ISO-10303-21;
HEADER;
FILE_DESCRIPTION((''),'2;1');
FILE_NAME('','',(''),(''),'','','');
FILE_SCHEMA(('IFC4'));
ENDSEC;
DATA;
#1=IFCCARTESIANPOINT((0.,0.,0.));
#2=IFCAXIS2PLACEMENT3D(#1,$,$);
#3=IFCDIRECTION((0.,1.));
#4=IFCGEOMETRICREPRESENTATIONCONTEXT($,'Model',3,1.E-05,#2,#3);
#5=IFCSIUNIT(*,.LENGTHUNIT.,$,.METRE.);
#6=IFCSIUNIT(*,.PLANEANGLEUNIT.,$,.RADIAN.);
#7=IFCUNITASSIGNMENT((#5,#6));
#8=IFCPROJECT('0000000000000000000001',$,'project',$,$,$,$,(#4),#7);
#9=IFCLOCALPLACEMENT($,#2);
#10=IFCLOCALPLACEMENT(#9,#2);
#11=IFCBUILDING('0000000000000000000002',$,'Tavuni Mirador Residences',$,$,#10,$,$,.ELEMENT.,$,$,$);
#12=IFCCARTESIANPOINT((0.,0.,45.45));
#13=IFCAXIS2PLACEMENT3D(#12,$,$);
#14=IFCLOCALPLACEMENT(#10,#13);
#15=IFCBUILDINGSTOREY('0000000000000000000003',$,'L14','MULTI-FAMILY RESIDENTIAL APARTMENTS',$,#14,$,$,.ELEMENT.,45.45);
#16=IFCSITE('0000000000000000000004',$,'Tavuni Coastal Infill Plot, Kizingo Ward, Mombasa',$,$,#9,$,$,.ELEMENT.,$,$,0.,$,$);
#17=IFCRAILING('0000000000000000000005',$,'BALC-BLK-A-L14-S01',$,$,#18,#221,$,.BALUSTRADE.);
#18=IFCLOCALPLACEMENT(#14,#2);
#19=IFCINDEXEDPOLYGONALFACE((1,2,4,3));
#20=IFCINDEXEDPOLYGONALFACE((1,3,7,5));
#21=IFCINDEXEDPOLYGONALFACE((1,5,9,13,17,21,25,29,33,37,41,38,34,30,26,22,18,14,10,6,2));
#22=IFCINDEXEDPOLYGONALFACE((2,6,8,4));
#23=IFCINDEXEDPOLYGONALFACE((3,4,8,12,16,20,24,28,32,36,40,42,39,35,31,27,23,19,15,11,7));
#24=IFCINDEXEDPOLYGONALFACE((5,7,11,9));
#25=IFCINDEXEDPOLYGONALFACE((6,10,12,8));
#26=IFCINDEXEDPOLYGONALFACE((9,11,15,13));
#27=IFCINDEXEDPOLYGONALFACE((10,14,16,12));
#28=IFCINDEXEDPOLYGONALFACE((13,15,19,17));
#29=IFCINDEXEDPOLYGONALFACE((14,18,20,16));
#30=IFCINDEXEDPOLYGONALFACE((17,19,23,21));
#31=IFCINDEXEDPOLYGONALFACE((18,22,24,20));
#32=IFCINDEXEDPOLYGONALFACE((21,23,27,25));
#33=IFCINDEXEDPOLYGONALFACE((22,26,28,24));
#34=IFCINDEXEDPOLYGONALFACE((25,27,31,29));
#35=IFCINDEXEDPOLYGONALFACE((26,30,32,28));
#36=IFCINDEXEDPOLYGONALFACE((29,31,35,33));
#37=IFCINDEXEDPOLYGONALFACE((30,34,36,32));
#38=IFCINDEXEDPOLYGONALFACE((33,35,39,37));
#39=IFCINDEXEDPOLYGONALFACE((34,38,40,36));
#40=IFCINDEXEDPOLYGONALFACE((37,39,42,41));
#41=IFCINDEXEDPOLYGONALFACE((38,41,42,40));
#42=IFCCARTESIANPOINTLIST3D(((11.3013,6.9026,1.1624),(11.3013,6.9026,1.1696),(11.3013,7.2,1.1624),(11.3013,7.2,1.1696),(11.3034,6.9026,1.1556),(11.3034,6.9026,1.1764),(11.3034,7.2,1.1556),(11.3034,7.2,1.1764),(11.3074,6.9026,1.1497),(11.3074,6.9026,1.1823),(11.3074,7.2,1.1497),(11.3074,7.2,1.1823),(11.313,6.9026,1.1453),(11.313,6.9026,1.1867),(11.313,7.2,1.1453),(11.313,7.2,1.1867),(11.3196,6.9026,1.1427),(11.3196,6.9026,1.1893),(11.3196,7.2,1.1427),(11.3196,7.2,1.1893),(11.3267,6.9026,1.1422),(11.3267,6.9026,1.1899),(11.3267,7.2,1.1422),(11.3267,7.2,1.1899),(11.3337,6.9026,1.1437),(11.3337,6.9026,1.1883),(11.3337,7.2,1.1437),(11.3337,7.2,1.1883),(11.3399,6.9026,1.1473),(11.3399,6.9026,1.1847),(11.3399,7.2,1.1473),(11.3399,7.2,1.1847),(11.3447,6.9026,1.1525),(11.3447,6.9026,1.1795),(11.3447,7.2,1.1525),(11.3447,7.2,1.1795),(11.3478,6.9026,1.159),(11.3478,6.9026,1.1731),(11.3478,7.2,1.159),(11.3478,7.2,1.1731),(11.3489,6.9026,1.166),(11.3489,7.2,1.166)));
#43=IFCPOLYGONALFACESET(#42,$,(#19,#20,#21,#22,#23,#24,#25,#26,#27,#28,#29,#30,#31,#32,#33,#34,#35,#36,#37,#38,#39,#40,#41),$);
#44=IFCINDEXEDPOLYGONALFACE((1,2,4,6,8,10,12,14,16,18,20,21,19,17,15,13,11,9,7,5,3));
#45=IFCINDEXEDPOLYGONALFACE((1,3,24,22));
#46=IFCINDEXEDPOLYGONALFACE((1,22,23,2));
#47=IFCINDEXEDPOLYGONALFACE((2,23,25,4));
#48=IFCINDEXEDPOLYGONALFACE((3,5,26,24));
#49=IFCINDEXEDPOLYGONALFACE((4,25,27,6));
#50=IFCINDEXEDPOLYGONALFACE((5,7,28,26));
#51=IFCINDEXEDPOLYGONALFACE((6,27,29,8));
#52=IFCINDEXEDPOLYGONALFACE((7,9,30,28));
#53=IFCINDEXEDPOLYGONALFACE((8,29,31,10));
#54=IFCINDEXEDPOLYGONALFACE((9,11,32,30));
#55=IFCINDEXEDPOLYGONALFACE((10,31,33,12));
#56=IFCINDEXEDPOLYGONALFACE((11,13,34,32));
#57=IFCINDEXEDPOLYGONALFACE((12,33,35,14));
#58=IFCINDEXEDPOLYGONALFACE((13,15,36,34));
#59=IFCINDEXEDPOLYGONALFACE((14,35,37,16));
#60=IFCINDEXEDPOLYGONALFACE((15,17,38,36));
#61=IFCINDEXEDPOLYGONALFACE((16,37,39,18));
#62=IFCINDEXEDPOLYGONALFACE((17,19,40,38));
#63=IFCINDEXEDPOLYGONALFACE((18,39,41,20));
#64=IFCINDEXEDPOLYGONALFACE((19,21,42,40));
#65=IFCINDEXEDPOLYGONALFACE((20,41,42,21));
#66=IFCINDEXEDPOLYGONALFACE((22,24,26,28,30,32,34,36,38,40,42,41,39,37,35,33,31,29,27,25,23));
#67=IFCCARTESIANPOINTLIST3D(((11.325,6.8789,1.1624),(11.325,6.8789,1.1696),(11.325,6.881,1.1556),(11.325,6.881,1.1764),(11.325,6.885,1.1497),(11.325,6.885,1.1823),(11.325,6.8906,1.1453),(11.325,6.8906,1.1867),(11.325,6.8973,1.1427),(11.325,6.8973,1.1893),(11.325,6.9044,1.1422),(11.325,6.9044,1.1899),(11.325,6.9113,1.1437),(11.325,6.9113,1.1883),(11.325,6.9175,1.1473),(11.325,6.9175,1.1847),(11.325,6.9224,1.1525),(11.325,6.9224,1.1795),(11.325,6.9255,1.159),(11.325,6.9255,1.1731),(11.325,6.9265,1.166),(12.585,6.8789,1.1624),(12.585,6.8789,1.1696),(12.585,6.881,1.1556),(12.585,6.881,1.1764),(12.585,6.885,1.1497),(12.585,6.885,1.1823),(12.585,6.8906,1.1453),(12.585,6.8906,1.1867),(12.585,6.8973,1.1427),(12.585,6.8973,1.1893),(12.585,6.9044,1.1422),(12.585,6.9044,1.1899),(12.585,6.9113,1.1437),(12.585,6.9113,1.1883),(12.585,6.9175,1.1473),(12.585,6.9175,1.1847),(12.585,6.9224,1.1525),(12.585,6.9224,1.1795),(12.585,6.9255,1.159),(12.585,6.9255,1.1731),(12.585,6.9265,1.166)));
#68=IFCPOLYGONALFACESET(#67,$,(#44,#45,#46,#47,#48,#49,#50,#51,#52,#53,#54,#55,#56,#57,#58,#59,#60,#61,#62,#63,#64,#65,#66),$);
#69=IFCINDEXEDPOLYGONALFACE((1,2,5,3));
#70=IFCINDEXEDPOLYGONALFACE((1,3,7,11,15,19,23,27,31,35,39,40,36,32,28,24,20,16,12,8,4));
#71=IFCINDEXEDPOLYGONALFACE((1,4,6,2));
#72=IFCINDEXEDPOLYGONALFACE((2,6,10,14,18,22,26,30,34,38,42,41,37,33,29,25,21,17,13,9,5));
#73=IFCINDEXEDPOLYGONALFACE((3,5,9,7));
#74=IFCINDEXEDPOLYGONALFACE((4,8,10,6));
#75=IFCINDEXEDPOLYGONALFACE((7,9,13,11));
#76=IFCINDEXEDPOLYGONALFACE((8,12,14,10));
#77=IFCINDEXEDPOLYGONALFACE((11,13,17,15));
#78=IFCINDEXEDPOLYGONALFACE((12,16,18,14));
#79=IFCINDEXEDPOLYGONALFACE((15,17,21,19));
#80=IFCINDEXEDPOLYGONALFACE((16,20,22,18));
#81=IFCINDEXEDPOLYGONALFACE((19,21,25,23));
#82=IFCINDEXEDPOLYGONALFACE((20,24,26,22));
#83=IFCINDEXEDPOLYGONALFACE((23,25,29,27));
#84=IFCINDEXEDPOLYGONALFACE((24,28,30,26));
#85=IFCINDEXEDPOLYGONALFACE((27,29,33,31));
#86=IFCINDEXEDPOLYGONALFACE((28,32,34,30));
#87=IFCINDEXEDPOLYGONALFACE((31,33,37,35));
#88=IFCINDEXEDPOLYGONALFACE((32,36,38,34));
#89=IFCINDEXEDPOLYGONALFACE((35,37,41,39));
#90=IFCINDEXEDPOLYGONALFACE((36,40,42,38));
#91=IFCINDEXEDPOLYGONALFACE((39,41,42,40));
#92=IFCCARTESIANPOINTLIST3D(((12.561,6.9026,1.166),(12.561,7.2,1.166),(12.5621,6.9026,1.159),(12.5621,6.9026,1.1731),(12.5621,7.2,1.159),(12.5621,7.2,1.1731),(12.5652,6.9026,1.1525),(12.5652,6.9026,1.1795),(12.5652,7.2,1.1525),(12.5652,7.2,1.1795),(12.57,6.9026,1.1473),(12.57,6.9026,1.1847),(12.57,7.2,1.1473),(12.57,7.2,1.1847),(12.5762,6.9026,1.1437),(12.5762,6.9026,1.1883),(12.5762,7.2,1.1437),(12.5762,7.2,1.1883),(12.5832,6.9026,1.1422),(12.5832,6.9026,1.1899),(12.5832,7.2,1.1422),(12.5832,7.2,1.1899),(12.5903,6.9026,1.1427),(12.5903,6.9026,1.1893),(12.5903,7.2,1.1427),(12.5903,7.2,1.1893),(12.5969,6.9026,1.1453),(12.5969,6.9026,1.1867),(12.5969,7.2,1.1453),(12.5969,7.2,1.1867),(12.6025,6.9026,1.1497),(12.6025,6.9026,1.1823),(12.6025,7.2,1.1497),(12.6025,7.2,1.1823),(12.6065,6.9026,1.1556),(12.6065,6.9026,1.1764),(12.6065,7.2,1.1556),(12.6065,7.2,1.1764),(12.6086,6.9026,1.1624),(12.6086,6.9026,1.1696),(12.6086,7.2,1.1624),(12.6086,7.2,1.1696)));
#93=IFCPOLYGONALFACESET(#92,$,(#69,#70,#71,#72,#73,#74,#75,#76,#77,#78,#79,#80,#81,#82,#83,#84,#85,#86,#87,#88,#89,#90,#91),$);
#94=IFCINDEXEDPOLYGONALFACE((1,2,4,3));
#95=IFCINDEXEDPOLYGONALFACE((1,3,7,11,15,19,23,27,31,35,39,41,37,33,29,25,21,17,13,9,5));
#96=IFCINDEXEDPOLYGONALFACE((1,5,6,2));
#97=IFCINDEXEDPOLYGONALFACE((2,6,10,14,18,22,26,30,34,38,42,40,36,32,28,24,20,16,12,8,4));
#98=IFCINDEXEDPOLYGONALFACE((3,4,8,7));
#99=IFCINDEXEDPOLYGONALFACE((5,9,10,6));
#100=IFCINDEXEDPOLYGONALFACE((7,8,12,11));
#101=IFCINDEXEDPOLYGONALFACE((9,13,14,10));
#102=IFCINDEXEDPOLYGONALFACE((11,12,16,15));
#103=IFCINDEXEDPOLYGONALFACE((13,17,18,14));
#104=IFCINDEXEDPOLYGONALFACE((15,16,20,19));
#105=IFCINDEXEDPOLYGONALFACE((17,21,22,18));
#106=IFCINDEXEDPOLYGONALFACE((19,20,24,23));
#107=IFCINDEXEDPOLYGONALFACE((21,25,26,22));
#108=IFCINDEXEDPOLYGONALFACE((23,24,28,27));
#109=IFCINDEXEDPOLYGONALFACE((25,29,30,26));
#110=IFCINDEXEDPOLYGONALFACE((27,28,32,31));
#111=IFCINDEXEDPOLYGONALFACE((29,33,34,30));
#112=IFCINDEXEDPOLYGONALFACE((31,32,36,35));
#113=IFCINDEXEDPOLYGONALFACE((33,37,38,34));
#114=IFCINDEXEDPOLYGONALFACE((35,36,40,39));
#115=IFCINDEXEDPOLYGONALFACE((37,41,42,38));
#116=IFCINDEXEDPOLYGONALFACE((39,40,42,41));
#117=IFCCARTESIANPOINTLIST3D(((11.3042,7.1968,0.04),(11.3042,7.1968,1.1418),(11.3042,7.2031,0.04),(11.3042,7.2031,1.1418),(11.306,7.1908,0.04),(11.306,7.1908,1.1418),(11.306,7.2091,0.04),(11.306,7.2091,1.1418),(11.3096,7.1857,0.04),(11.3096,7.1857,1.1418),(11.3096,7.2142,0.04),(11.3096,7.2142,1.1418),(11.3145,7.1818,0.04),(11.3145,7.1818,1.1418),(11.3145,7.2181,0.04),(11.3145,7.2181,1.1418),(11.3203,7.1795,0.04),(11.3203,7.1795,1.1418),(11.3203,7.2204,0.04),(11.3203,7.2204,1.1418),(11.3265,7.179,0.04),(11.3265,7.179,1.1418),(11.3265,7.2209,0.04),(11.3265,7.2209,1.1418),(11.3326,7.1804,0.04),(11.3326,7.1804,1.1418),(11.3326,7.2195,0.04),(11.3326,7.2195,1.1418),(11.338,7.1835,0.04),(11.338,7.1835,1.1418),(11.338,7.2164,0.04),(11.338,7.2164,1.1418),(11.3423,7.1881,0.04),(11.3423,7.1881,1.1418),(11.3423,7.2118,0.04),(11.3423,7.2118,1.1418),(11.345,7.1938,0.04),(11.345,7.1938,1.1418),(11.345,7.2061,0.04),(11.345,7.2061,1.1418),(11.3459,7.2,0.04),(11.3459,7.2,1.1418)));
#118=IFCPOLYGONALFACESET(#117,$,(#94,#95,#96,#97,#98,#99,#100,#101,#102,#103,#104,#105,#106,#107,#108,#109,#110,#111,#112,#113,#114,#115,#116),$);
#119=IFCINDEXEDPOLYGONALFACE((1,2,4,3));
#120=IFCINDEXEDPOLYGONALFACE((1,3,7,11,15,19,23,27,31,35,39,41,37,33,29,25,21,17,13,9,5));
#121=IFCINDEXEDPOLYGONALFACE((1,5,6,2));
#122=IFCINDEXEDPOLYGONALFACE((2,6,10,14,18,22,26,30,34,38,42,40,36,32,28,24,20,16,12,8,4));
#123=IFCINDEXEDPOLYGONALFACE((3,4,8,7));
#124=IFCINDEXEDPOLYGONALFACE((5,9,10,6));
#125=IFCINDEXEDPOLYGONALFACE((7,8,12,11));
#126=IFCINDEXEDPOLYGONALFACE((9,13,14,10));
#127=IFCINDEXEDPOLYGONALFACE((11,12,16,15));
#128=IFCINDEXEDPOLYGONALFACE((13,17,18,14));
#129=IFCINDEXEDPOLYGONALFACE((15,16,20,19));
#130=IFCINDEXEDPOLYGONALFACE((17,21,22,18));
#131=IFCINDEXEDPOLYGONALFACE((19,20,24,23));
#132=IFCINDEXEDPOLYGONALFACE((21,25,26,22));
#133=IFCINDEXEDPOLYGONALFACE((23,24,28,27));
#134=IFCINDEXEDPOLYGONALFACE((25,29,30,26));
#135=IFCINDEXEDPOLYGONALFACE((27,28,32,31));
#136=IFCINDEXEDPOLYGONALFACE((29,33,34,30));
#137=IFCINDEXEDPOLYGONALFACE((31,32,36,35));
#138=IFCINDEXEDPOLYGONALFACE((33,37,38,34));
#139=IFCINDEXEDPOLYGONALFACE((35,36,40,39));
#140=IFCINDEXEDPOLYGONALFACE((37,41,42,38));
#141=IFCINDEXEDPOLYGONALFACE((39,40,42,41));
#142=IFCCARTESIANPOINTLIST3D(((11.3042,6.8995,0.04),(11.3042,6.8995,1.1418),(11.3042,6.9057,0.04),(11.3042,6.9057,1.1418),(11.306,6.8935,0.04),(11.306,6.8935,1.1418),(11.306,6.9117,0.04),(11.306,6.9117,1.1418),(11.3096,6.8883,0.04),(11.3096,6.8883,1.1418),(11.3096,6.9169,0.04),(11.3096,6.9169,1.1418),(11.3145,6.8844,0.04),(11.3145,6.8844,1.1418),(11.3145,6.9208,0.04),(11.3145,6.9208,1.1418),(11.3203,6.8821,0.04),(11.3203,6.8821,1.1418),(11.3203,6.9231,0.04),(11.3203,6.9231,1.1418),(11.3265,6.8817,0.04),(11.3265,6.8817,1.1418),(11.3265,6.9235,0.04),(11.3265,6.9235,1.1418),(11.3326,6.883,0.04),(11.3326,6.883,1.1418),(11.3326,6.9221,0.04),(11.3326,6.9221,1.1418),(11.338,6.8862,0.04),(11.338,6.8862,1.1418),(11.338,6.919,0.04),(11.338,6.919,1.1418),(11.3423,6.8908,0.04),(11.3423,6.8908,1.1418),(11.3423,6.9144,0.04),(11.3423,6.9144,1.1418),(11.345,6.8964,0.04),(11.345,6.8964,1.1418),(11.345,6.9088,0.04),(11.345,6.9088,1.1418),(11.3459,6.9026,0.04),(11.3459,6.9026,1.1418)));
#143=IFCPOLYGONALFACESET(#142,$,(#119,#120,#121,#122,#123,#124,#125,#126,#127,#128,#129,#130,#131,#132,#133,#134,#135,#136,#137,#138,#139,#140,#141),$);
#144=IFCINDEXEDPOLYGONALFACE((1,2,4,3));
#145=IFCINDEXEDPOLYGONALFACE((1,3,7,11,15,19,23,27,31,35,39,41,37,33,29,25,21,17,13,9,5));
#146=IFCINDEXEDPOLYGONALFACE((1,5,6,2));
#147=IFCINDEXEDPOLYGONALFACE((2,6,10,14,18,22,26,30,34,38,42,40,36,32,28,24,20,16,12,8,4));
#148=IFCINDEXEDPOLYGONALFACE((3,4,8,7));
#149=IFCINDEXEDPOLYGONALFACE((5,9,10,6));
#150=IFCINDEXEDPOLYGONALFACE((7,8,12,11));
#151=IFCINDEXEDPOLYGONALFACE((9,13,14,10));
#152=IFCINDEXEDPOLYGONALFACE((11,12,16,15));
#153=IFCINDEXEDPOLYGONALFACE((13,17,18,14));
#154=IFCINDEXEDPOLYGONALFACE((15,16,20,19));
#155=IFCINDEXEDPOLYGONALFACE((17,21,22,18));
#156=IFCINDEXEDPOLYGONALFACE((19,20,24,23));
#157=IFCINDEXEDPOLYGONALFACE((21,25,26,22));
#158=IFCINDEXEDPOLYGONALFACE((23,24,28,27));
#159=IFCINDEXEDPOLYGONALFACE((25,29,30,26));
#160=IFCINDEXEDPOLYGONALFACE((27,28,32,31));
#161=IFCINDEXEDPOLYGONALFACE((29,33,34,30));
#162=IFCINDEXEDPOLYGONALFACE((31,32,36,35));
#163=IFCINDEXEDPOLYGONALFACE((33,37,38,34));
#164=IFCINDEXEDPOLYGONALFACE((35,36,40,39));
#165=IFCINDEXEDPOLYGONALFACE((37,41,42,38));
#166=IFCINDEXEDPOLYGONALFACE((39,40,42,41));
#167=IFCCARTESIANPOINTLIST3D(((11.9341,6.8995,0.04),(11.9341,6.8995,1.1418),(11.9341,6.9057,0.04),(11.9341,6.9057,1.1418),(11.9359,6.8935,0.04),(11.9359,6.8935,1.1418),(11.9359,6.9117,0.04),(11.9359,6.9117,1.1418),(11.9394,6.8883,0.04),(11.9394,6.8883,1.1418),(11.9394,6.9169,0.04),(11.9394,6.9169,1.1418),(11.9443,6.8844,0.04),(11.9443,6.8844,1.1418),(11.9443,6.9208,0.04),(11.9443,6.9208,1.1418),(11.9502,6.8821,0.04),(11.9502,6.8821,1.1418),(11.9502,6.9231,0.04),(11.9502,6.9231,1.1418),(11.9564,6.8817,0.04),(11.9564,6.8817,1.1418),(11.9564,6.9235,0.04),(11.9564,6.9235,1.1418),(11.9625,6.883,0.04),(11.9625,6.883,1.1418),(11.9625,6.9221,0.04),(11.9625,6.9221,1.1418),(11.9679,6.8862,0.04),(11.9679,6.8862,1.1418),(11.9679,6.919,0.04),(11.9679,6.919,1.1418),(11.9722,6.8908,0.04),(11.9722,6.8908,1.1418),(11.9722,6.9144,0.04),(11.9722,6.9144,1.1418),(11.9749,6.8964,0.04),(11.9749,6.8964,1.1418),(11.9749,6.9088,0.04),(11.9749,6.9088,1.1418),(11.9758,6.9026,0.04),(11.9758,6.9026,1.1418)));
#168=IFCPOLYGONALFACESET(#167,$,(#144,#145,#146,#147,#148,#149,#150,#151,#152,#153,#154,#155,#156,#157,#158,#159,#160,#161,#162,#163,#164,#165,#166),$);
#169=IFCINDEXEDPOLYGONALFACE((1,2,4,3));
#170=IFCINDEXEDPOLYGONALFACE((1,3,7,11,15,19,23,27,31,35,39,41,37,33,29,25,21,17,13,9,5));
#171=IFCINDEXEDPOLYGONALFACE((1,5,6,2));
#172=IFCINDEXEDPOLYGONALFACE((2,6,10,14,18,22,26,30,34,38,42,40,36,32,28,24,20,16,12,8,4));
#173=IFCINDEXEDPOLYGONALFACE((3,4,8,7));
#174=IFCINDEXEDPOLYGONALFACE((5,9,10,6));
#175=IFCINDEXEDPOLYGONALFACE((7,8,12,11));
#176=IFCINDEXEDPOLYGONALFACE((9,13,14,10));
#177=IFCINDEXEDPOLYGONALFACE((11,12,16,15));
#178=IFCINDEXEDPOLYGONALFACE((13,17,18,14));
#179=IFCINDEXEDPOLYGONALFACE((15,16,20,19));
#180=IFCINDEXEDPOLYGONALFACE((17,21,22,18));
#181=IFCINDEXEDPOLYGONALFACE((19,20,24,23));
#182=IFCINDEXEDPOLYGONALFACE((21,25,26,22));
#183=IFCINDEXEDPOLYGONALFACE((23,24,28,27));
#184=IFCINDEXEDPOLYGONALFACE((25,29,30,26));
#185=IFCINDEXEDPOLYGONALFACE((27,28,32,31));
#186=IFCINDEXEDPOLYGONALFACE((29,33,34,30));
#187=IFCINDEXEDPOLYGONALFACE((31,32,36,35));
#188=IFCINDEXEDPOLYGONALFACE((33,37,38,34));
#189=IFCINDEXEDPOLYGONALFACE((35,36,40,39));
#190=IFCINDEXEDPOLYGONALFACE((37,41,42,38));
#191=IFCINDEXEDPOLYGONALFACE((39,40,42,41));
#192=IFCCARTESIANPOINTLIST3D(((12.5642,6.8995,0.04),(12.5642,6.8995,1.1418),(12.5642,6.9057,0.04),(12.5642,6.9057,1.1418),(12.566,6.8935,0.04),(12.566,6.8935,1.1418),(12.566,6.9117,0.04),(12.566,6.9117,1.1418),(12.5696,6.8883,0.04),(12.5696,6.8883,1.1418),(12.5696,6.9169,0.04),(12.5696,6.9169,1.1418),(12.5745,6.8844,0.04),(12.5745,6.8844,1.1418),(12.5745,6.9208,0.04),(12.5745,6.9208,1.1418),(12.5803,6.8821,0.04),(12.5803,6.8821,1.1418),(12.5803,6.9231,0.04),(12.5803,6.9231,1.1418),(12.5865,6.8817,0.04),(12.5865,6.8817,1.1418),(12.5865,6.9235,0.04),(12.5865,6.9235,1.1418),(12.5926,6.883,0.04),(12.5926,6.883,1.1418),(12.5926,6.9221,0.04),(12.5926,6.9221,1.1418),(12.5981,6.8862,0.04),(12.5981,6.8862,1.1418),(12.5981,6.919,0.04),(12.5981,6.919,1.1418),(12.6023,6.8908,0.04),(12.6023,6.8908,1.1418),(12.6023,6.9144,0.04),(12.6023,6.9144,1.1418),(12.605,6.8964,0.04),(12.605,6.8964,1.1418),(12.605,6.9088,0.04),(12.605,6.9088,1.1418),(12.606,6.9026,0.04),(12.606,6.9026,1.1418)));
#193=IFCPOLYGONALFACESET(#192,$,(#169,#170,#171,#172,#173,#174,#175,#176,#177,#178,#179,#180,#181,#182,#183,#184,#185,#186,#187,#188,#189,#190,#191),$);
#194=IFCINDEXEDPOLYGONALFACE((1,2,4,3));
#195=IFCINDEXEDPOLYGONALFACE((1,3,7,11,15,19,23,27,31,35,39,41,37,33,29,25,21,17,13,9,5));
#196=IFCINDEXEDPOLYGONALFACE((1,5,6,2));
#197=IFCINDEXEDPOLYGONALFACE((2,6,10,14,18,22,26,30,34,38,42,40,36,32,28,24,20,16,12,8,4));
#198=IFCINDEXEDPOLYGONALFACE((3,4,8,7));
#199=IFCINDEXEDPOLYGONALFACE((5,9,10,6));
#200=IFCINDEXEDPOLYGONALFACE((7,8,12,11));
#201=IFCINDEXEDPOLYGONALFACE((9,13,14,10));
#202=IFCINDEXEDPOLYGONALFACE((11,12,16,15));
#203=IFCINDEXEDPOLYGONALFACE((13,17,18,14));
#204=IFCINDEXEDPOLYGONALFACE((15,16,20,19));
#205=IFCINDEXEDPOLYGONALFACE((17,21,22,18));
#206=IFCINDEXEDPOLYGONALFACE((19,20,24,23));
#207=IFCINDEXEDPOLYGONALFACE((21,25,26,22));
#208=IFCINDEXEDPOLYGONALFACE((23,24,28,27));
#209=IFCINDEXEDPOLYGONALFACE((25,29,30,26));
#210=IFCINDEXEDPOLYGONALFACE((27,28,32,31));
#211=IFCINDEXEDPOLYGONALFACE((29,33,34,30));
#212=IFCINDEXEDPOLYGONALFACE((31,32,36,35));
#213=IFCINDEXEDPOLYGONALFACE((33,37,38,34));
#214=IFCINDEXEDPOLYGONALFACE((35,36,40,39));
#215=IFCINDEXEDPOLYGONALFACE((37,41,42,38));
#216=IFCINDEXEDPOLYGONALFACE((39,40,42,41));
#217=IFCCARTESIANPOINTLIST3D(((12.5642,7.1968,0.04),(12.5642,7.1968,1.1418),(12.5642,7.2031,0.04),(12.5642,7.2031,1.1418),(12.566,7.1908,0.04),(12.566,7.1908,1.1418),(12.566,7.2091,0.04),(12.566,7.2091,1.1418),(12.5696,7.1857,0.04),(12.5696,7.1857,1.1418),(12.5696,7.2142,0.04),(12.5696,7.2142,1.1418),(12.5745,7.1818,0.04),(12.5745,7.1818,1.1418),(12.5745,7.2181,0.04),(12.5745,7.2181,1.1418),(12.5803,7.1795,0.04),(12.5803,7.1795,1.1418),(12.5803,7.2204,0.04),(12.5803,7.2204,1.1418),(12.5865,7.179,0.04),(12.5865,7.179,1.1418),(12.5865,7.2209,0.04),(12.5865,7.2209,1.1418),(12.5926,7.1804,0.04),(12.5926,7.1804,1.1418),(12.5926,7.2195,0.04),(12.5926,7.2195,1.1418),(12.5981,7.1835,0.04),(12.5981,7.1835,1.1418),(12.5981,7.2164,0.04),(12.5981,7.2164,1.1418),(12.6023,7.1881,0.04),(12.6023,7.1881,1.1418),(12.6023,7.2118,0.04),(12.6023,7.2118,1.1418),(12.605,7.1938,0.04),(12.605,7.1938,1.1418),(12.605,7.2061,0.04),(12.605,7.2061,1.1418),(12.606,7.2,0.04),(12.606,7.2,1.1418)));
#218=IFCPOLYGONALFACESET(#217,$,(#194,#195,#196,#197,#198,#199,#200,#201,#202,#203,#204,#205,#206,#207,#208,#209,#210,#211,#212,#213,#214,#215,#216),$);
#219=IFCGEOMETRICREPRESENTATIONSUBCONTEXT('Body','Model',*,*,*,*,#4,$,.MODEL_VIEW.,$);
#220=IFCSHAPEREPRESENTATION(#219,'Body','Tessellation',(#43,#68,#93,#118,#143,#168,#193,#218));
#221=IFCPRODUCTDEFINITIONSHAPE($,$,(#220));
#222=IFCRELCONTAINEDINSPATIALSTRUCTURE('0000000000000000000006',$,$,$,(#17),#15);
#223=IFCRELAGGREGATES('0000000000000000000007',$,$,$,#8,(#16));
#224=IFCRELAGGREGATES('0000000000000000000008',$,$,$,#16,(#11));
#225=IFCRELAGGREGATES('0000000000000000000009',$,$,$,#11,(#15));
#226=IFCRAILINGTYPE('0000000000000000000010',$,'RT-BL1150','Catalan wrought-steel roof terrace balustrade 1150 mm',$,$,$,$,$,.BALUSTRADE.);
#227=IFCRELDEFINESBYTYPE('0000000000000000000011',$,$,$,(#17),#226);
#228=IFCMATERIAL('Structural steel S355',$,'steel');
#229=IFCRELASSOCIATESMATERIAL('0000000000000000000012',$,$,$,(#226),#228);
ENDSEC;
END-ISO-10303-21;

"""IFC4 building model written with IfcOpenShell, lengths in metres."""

from ifc_helpers import new_model, si_unit, direction, frame, origin, origin_2d, place, context, subcontext, project, spatial, circle, extrude, material, type_object, element, save


model = new_model("IFC4")

# Units and contexts
model_context = context("Model", 3, precision=1e-05, world=origin(), true_north=direction((0.0, 1.0)))
body_context = subcontext(model_context, "Body", "Model", "MODEL_VIEW")
ifc_project = project(units=[si_unit("LENGTHUNIT", "METRE"), si_unit("PLANEANGLEUNIT", "RADIAN")], contexts=[model_context])

# Site, building, storey
site_placement = place(None, origin())
site = spatial("IfcSite", under=ifc_project, at=site_placement, Name="Tavuni Coastal Infill Plot, Kizingo Ward, Mombasa", CompositionType="ELEMENT", RefElevation=0.0)
building_placement = place(site_placement, origin())
building = spatial("IfcBuilding", under=site, at=building_placement, Name="Tavuni Mirador Residences", CompositionType="ELEMENT")
storey_placement = place(building_placement, frame((0.0, 0.0, 45.45)))
storey = spatial("IfcBuildingStorey", under=building, at=storey_placement, Name="L14", Description="MULTI-FAMILY RESIDENTIAL APARTMENTS", CompositionType="ELEMENT", Elevation=45.45)

# Railing
ifc_material_1 = material(Name="Structural steel S355", Category="steel")
railing_type = type_object("IfcRailingType", Name="RT-BL1150", Description="Catalan wrought-steel roof terrace balustrade 1150 mm", PredefinedType="BALUSTRADE", material=ifc_material_1)
railing_placement = place(storey_placement, frame((11.325, 7.2, 0.04)))
element("IfcRailing", 1, at=railing_placement, inside=storey, type_object=railing_type, Name="BALC-BLK-A-L14-S01", PredefinedType="BALUSTRADE", context=body_context, shape_type="SweptSolid", body=[
    extrude(circle(Radius=0.0239, at=origin_2d()), frame((0.0, 0.0, 1.126), z_axis=(0.0, -1.0, 0.0), x_axis=(1.0, 0.0, 0.0)), (0.0, 0.0, 1.0), 0.2974),
    extrude(circle(Radius=0.0239, at=origin_2d()), frame((0.0, -0.2974, 1.126), z_axis=(1.0, 0.0, 0.0), x_axis=(0.0, 1.0, 0.0)), (0.0, 0.0, 1.0), 1.26),
    extrude(circle(Radius=0.0239, at=origin_2d()), frame((1.26, -0.2974, 1.126), z_axis=(0.0, 1.0, 0.0), x_axis=(-1.0, 0.0, 0.0)), (0.0, 0.0, 1.0), 0.2974),
    extrude(circle(Radius=0.021, at=origin_2d()), origin(), (0.0, 0.0, 1.0), 1.1018),
    extrude(circle(Radius=0.021, at=origin_2d()), frame((0.0, -0.2974, 0.0)), (0.0, 0.0, 1.0), 1.1018),
    extrude(circle(Radius=0.021, at=origin_2d()), frame((0.6299, -0.2974, 0.0)), (0.0, 0.0, 1.0), 1.1018),
    extrude(circle(Radius=0.021, at=origin_2d()), frame((1.26, -0.2974, 0.0)), (0.0, 0.0, 1.0), 1.1018),
    extrude(circle(Radius=0.021, at=origin_2d()), frame((1.26, 0.0, 0.0)), (0.0, 0.0, 1.0), 1.1018),
])

save(model, "model.ifc")
